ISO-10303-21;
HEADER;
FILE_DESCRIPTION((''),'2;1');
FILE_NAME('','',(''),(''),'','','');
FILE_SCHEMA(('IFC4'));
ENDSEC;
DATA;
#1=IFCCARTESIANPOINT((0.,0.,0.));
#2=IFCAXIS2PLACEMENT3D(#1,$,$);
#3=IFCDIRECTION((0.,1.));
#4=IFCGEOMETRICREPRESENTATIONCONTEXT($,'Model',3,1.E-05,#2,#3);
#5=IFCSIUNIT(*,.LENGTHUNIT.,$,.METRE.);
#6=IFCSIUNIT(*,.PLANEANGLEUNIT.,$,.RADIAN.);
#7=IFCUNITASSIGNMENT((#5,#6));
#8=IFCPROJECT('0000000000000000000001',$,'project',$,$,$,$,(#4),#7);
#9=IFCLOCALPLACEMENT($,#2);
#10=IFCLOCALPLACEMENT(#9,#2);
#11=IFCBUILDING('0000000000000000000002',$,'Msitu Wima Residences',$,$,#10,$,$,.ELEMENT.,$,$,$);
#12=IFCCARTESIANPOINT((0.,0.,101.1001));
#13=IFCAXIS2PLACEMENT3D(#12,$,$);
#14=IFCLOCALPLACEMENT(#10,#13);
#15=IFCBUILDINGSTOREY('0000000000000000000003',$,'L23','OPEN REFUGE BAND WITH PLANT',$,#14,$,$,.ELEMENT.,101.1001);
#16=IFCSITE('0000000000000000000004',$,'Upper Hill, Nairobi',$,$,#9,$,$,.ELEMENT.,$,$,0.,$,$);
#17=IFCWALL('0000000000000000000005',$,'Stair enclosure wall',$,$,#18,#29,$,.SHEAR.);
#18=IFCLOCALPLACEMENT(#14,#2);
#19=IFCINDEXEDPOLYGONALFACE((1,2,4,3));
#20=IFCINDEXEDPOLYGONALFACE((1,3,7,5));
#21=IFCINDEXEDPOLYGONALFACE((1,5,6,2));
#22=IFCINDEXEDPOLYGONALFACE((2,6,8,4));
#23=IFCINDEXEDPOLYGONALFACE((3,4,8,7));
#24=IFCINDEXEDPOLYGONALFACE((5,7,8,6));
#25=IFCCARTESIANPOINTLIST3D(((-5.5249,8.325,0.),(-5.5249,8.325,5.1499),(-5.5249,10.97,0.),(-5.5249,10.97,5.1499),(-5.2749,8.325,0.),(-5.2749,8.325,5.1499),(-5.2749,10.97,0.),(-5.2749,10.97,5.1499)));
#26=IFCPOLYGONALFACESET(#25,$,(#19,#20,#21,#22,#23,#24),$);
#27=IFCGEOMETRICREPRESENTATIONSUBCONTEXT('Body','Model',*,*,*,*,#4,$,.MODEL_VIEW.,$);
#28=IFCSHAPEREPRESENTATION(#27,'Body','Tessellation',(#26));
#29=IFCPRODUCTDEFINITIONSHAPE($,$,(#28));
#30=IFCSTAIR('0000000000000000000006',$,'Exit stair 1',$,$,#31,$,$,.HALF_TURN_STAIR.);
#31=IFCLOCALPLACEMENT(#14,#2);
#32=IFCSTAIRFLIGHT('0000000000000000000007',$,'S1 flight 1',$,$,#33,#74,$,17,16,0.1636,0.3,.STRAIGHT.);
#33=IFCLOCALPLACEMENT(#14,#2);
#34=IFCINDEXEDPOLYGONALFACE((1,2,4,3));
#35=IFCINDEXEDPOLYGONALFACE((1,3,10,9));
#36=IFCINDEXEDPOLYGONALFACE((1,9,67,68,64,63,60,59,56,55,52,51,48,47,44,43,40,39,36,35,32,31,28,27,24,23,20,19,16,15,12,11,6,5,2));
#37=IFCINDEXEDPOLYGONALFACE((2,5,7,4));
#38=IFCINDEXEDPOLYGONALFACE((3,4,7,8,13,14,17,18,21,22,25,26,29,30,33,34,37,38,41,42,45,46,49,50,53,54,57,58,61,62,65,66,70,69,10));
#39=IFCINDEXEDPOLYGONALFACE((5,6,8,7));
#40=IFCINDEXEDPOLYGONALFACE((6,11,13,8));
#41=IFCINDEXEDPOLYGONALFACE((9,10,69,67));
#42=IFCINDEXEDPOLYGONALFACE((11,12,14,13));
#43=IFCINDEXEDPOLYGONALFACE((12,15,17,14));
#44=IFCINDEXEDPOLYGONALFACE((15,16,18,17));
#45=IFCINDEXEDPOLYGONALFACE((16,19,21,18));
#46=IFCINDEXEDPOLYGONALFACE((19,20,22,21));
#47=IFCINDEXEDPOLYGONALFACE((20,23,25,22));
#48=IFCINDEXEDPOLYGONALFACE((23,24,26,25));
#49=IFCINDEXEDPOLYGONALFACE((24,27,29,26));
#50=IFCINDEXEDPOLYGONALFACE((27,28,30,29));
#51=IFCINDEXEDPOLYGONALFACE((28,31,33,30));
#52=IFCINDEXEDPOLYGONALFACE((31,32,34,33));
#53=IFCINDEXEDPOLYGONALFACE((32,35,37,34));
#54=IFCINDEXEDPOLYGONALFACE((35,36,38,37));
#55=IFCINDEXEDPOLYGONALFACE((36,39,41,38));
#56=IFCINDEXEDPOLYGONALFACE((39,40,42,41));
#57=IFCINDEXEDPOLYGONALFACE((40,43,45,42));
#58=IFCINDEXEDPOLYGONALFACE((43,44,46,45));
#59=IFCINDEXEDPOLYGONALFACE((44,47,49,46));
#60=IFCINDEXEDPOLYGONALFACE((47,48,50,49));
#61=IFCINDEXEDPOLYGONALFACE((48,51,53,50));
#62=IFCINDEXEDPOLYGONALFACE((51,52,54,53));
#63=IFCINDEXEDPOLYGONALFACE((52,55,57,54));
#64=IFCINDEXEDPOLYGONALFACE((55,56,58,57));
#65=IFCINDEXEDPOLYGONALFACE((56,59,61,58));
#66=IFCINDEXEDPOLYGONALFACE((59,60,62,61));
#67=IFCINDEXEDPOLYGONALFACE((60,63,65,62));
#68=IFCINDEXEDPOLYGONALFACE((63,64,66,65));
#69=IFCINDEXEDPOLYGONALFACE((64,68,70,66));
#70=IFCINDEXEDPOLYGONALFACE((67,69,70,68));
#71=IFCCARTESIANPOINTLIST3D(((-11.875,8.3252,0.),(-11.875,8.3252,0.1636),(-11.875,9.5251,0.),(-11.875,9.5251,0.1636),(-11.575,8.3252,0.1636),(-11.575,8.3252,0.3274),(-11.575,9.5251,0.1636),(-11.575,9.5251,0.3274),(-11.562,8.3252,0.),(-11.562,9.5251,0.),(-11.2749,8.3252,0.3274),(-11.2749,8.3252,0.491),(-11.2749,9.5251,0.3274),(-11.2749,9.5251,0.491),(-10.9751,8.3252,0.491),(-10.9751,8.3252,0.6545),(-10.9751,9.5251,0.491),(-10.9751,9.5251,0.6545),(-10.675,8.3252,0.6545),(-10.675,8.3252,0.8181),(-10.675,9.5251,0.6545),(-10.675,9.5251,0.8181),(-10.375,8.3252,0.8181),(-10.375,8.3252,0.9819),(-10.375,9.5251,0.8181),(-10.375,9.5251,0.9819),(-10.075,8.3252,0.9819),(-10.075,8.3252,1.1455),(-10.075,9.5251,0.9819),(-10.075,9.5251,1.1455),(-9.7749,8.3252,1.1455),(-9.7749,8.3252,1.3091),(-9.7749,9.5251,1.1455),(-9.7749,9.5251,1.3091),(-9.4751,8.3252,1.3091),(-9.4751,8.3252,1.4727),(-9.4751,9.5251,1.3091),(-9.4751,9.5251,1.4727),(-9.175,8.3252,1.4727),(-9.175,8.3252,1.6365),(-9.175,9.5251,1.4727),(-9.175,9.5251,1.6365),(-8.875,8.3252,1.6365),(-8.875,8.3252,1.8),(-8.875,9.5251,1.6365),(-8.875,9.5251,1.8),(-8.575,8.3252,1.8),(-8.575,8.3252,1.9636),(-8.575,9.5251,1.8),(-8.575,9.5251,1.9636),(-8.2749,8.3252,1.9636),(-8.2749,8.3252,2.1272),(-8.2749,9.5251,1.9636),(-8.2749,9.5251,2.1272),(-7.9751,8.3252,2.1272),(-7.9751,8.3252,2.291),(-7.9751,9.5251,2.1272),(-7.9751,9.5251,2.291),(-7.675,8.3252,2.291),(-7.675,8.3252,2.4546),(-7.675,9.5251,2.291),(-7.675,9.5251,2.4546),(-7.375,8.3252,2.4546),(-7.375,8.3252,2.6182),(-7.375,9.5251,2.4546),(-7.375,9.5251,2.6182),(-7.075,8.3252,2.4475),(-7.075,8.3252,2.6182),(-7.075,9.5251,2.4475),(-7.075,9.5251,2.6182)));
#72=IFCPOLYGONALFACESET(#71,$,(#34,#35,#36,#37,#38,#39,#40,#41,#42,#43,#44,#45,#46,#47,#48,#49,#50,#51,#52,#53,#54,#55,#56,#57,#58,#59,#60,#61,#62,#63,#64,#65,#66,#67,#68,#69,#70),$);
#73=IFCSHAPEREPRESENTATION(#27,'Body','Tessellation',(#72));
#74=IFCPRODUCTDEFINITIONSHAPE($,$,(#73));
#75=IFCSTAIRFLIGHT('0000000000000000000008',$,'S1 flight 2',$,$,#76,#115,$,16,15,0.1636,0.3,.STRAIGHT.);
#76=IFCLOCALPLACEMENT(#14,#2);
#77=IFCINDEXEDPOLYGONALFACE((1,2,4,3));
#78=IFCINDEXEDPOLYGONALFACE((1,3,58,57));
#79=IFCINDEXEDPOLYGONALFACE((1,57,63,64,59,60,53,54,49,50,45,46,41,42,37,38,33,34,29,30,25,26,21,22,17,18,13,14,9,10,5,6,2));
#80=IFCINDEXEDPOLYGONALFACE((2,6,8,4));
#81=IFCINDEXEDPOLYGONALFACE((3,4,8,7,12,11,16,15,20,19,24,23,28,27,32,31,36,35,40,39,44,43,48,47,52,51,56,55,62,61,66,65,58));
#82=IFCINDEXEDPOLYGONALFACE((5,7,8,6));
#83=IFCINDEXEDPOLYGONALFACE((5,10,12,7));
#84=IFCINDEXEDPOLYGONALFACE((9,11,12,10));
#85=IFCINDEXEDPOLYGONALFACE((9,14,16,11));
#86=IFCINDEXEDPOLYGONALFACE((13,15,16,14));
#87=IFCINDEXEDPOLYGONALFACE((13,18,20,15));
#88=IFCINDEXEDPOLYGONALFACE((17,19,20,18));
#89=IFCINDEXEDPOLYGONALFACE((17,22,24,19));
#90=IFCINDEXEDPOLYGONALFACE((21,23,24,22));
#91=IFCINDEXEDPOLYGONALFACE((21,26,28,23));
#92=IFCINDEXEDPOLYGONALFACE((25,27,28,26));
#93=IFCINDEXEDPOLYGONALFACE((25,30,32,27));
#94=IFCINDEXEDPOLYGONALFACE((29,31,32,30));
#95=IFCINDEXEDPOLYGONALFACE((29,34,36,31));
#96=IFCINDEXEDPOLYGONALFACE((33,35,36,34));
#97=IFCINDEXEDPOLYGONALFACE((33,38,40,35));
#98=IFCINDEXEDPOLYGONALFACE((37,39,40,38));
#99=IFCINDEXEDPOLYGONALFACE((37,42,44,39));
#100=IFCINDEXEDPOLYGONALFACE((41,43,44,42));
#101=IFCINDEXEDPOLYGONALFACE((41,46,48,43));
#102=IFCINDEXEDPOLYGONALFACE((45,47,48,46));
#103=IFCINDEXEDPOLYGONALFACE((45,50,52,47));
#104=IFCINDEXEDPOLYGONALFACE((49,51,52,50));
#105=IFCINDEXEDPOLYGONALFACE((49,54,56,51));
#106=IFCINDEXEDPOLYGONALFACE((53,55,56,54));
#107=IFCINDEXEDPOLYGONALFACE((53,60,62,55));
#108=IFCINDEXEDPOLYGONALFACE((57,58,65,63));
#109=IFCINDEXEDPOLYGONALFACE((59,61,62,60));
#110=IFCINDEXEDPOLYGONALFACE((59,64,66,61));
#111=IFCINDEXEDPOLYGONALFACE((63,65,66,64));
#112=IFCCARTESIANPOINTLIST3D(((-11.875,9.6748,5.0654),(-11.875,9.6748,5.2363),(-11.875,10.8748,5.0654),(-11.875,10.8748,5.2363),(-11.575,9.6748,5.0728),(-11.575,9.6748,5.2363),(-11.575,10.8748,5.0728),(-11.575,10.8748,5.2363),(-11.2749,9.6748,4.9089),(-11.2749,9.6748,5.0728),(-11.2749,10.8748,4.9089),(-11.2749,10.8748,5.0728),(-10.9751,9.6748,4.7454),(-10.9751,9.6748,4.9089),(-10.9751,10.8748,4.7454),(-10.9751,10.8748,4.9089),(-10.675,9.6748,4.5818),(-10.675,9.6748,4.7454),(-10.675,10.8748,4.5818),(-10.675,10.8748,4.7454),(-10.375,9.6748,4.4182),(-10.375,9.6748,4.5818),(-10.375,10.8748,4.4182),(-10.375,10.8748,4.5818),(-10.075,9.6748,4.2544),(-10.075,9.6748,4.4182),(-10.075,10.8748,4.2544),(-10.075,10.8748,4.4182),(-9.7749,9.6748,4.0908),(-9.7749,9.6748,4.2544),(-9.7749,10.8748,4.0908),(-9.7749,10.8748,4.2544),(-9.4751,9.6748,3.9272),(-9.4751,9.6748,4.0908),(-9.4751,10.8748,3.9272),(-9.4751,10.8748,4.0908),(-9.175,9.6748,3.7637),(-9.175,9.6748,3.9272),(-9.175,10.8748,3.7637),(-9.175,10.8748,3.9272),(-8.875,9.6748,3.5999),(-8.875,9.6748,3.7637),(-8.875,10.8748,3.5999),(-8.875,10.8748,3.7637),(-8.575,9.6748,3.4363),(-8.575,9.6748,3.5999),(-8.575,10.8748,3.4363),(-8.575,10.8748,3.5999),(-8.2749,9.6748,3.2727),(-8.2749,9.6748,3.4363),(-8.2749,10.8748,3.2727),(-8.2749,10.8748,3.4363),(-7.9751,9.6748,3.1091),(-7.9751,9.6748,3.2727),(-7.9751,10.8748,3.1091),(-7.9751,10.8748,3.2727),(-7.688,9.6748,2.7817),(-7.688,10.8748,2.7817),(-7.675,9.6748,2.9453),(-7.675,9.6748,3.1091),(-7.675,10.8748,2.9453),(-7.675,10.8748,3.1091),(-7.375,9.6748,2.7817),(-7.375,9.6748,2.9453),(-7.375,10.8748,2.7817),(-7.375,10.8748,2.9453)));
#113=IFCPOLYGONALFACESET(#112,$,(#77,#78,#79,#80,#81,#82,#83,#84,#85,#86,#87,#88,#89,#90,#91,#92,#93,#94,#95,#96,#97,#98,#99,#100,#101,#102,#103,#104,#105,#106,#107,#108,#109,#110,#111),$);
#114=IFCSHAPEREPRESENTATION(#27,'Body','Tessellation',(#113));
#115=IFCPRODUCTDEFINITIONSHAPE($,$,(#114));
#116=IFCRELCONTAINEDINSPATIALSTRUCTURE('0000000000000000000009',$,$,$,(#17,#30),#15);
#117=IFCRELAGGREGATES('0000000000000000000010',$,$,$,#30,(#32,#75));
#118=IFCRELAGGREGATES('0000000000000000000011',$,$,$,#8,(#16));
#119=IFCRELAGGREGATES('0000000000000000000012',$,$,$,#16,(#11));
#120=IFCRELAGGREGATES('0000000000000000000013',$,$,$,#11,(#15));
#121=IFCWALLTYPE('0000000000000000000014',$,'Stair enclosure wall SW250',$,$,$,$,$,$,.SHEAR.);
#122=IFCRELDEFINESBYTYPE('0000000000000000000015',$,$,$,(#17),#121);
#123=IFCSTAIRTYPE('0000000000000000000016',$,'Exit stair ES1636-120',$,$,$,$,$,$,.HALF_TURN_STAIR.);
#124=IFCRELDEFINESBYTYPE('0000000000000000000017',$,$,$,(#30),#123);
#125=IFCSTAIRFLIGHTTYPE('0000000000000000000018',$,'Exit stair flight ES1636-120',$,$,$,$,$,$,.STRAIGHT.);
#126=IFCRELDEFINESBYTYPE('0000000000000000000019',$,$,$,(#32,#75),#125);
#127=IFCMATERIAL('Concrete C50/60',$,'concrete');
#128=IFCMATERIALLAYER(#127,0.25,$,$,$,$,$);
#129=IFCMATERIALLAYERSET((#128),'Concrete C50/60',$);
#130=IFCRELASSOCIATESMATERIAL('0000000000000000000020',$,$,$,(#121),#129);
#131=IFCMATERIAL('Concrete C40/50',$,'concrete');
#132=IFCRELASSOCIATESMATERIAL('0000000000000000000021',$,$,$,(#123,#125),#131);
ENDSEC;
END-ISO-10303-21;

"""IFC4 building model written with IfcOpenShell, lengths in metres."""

from ifc_helpers import new_model, si_unit, direction, frame, frame_2d, origin, place, context, subcontext, project, spatial, polyline, rectangle, outline, extrude, material, layer, layer_set, type_object, element, aggregate, save


model = new_model("IFC4")

# Units and contexts
model_context = context("Model", 3, precision=1e-05, world=origin(), true_north=direction((0.0, 1.0)))
body_context = subcontext(model_context, "Body", "Model", "MODEL_VIEW")
ifc_project = project(units=[si_unit("LENGTHUNIT", "METRE"), si_unit("PLANEANGLEUNIT", "RADIAN")], contexts=[model_context])

# Site, building, storey
site_placement = place(None, origin())
site = spatial("IfcSite", under=ifc_project, at=site_placement, Name="Upper Hill, Nairobi", CompositionType="ELEMENT", RefElevation=0.0)
building_placement = place(site_placement, origin())
building = spatial("IfcBuilding", under=site, at=building_placement, Name="Msitu Wima Residences", CompositionType="ELEMENT")
storey_placement = place(building_placement, frame((0.0, 0.0, 101.1001)))
storey = spatial("IfcBuildingStorey", under=building, at=storey_placement, Name="L23", Description="OPEN REFUGE BAND WITH PLANT", CompositionType="ELEMENT", Elevation=101.1001)

# Shared definitions
ifc_material_1 = material(Name="Concrete C40/50", Category="concrete")

# Wall
ifc_material_2 = material(Name="Concrete C50/60", Category="concrete")
ifc_layer_1 = layer(ifc_material_2, 0.25)
ifc_layer_set_1 = layer_set([ifc_layer_1], Name="Concrete C50/60")
wall_type_1 = type_object("IfcWallType", Name="Stair enclosure wall SW250", PredefinedType="SHEAR", material=ifc_layer_set_1)
wall_1_placement = place(storey_placement, frame((-5.3999, 8.325, 0.0), z_axis=(0.0, 0.0, 1.0), x_axis=(0.0, 1.0, 0.0)))
element("IfcWall", 1, at=wall_1_placement, inside=storey, type_object=wall_type_1, Name="Stair enclosure wall", PredefinedType="SHEAR", context=body_context, shape_type="SweptSolid", body=[
    extrude(rectangle(XDim=2.645, YDim=0.25, at=frame_2d((1.3225, 0.0))), origin(), (0.0, 0.0, 1.0), 5.1499),
])

# Stair, stair flights
stair_type = type_object("IfcStairType", Name="Exit stair ES1636-120", PredefinedType="HALF_TURN_STAIR", material=ifc_material_1)
stair_placement = place(storey_placement, origin())
stair = element("IfcStair", 2, at=stair_placement, inside=storey, type_object=stair_type, Name="Exit stair 1", PredefinedType="HALF_TURN_STAIR")
stair_flight_type = type_object("IfcStairFlightType", Name="Exit stair flight ES1636-120", PredefinedType="STRAIGHT", material=ifc_material_1)
stair_flight_1_placement = place(storey_placement, frame((-11.875, 8.925, 0.0), z_axis=(0.0, 0.0, 1.0), x_axis=(1.0, 0.0, 0.0)))
stair_flight_1 = element("IfcStairFlight", 3, at=stair_flight_1_placement, type_object=stair_flight_type, Name="S1 flight 1", NumberOfRisers=17, NumberOfTreads=16, PredefinedType="STRAIGHT", RiserHeight=0.1636, TreadLength=0.3, context=body_context, shape_type="SweptSolid", body=[
    extrude(outline(polyline([(0.0, 0.0), (0.0, 0.1636), (0.3, 0.1636), (0.3, 0.3274), (0.6001, 0.3274), (0.6001, 0.491), (0.8999, 0.491), (0.8999, 0.6545), (1.2, 0.6545), (1.2, 0.8181), (1.5, 0.8181), (1.5, 0.9819), (1.8, 0.9819), (1.8, 1.1455), (2.1001, 1.1455), (2.1001, 1.3091), (2.3999, 1.3091), (2.3999, 1.4727), (2.7, 1.4727), (2.7, 1.6365), (3.0, 1.6365), (3.0, 1.8), (3.3, 1.8), (3.3, 1.9636), (3.6001, 1.9636), (3.6001, 2.1272), (3.8999, 2.1272), (3.8999, 2.291), (4.2, 2.291), (4.2, 2.4546), (4.5, 2.4546), (4.5, 2.6182), (4.8, 2.6182), (4.8, 2.7817), (4.8, 2.4475), (0.313, 0.0), (0.0, 0.0)])), frame((0.0, 0.6001, 0.0), z_axis=(0.0, -1.0, 0.0), x_axis=(1.0, 0.0, 0.0)), (0.0, 0.0, 1.0), 1.2),
])
stair_flight_2_placement = place(storey_placement, frame((-7.375, 10.2749, 2.7817), z_axis=(0.0, 0.0, 1.0), x_axis=(-1.0, 0.0, 0.0)))
stair_flight_2 = element("IfcStairFlight", 4, at=stair_flight_2_placement, type_object=stair_flight_type, Name="S1 flight 2", NumberOfRisers=16, NumberOfTreads=15, PredefinedType="STRAIGHT", RiserHeight=0.1636, TreadLength=0.3, context=body_context, shape_type="SweptSolid", body=[
    extrude(outline(polyline([(0.0, 0.0), (0.0, 0.1636), (0.3, 0.1636), (0.3, 0.3274), (0.6001, 0.3274), (0.6001, 0.491), (0.8999, 0.491), (0.8999, 0.6545), (1.2, 0.6545), (1.2, 0.8181), (1.5, 0.8181), (1.5, 0.9819), (1.8, 0.9819), (1.8, 1.1455), (2.1001, 1.1455), (2.1001, 1.3091), (2.3999, 1.3091), (2.3999, 1.4727), (2.7, 1.4727), (2.7, 1.6365), (3.0, 1.6365), (3.0, 1.8), (3.3, 1.8), (3.3, 1.9636), (3.6001, 1.9636), (3.6001, 2.1272), (3.8999, 2.1272), (3.8999, 2.291), (4.2, 2.291), (4.2, 2.4546), (4.5, 2.4546), (4.5, 2.6182), (4.5, 2.2837), (0.313, 0.0), (0.0, 0.0)])), frame((0.0, 0.6001, 0.0), z_axis=(0.0, -1.0, 0.0), x_axis=(1.0, 0.0, 0.0)), (0.0, 0.0, 1.0), 1.2),
])
aggregate(stair, [stair_flight_1, stair_flight_2])

save(model, "model.ifc")
